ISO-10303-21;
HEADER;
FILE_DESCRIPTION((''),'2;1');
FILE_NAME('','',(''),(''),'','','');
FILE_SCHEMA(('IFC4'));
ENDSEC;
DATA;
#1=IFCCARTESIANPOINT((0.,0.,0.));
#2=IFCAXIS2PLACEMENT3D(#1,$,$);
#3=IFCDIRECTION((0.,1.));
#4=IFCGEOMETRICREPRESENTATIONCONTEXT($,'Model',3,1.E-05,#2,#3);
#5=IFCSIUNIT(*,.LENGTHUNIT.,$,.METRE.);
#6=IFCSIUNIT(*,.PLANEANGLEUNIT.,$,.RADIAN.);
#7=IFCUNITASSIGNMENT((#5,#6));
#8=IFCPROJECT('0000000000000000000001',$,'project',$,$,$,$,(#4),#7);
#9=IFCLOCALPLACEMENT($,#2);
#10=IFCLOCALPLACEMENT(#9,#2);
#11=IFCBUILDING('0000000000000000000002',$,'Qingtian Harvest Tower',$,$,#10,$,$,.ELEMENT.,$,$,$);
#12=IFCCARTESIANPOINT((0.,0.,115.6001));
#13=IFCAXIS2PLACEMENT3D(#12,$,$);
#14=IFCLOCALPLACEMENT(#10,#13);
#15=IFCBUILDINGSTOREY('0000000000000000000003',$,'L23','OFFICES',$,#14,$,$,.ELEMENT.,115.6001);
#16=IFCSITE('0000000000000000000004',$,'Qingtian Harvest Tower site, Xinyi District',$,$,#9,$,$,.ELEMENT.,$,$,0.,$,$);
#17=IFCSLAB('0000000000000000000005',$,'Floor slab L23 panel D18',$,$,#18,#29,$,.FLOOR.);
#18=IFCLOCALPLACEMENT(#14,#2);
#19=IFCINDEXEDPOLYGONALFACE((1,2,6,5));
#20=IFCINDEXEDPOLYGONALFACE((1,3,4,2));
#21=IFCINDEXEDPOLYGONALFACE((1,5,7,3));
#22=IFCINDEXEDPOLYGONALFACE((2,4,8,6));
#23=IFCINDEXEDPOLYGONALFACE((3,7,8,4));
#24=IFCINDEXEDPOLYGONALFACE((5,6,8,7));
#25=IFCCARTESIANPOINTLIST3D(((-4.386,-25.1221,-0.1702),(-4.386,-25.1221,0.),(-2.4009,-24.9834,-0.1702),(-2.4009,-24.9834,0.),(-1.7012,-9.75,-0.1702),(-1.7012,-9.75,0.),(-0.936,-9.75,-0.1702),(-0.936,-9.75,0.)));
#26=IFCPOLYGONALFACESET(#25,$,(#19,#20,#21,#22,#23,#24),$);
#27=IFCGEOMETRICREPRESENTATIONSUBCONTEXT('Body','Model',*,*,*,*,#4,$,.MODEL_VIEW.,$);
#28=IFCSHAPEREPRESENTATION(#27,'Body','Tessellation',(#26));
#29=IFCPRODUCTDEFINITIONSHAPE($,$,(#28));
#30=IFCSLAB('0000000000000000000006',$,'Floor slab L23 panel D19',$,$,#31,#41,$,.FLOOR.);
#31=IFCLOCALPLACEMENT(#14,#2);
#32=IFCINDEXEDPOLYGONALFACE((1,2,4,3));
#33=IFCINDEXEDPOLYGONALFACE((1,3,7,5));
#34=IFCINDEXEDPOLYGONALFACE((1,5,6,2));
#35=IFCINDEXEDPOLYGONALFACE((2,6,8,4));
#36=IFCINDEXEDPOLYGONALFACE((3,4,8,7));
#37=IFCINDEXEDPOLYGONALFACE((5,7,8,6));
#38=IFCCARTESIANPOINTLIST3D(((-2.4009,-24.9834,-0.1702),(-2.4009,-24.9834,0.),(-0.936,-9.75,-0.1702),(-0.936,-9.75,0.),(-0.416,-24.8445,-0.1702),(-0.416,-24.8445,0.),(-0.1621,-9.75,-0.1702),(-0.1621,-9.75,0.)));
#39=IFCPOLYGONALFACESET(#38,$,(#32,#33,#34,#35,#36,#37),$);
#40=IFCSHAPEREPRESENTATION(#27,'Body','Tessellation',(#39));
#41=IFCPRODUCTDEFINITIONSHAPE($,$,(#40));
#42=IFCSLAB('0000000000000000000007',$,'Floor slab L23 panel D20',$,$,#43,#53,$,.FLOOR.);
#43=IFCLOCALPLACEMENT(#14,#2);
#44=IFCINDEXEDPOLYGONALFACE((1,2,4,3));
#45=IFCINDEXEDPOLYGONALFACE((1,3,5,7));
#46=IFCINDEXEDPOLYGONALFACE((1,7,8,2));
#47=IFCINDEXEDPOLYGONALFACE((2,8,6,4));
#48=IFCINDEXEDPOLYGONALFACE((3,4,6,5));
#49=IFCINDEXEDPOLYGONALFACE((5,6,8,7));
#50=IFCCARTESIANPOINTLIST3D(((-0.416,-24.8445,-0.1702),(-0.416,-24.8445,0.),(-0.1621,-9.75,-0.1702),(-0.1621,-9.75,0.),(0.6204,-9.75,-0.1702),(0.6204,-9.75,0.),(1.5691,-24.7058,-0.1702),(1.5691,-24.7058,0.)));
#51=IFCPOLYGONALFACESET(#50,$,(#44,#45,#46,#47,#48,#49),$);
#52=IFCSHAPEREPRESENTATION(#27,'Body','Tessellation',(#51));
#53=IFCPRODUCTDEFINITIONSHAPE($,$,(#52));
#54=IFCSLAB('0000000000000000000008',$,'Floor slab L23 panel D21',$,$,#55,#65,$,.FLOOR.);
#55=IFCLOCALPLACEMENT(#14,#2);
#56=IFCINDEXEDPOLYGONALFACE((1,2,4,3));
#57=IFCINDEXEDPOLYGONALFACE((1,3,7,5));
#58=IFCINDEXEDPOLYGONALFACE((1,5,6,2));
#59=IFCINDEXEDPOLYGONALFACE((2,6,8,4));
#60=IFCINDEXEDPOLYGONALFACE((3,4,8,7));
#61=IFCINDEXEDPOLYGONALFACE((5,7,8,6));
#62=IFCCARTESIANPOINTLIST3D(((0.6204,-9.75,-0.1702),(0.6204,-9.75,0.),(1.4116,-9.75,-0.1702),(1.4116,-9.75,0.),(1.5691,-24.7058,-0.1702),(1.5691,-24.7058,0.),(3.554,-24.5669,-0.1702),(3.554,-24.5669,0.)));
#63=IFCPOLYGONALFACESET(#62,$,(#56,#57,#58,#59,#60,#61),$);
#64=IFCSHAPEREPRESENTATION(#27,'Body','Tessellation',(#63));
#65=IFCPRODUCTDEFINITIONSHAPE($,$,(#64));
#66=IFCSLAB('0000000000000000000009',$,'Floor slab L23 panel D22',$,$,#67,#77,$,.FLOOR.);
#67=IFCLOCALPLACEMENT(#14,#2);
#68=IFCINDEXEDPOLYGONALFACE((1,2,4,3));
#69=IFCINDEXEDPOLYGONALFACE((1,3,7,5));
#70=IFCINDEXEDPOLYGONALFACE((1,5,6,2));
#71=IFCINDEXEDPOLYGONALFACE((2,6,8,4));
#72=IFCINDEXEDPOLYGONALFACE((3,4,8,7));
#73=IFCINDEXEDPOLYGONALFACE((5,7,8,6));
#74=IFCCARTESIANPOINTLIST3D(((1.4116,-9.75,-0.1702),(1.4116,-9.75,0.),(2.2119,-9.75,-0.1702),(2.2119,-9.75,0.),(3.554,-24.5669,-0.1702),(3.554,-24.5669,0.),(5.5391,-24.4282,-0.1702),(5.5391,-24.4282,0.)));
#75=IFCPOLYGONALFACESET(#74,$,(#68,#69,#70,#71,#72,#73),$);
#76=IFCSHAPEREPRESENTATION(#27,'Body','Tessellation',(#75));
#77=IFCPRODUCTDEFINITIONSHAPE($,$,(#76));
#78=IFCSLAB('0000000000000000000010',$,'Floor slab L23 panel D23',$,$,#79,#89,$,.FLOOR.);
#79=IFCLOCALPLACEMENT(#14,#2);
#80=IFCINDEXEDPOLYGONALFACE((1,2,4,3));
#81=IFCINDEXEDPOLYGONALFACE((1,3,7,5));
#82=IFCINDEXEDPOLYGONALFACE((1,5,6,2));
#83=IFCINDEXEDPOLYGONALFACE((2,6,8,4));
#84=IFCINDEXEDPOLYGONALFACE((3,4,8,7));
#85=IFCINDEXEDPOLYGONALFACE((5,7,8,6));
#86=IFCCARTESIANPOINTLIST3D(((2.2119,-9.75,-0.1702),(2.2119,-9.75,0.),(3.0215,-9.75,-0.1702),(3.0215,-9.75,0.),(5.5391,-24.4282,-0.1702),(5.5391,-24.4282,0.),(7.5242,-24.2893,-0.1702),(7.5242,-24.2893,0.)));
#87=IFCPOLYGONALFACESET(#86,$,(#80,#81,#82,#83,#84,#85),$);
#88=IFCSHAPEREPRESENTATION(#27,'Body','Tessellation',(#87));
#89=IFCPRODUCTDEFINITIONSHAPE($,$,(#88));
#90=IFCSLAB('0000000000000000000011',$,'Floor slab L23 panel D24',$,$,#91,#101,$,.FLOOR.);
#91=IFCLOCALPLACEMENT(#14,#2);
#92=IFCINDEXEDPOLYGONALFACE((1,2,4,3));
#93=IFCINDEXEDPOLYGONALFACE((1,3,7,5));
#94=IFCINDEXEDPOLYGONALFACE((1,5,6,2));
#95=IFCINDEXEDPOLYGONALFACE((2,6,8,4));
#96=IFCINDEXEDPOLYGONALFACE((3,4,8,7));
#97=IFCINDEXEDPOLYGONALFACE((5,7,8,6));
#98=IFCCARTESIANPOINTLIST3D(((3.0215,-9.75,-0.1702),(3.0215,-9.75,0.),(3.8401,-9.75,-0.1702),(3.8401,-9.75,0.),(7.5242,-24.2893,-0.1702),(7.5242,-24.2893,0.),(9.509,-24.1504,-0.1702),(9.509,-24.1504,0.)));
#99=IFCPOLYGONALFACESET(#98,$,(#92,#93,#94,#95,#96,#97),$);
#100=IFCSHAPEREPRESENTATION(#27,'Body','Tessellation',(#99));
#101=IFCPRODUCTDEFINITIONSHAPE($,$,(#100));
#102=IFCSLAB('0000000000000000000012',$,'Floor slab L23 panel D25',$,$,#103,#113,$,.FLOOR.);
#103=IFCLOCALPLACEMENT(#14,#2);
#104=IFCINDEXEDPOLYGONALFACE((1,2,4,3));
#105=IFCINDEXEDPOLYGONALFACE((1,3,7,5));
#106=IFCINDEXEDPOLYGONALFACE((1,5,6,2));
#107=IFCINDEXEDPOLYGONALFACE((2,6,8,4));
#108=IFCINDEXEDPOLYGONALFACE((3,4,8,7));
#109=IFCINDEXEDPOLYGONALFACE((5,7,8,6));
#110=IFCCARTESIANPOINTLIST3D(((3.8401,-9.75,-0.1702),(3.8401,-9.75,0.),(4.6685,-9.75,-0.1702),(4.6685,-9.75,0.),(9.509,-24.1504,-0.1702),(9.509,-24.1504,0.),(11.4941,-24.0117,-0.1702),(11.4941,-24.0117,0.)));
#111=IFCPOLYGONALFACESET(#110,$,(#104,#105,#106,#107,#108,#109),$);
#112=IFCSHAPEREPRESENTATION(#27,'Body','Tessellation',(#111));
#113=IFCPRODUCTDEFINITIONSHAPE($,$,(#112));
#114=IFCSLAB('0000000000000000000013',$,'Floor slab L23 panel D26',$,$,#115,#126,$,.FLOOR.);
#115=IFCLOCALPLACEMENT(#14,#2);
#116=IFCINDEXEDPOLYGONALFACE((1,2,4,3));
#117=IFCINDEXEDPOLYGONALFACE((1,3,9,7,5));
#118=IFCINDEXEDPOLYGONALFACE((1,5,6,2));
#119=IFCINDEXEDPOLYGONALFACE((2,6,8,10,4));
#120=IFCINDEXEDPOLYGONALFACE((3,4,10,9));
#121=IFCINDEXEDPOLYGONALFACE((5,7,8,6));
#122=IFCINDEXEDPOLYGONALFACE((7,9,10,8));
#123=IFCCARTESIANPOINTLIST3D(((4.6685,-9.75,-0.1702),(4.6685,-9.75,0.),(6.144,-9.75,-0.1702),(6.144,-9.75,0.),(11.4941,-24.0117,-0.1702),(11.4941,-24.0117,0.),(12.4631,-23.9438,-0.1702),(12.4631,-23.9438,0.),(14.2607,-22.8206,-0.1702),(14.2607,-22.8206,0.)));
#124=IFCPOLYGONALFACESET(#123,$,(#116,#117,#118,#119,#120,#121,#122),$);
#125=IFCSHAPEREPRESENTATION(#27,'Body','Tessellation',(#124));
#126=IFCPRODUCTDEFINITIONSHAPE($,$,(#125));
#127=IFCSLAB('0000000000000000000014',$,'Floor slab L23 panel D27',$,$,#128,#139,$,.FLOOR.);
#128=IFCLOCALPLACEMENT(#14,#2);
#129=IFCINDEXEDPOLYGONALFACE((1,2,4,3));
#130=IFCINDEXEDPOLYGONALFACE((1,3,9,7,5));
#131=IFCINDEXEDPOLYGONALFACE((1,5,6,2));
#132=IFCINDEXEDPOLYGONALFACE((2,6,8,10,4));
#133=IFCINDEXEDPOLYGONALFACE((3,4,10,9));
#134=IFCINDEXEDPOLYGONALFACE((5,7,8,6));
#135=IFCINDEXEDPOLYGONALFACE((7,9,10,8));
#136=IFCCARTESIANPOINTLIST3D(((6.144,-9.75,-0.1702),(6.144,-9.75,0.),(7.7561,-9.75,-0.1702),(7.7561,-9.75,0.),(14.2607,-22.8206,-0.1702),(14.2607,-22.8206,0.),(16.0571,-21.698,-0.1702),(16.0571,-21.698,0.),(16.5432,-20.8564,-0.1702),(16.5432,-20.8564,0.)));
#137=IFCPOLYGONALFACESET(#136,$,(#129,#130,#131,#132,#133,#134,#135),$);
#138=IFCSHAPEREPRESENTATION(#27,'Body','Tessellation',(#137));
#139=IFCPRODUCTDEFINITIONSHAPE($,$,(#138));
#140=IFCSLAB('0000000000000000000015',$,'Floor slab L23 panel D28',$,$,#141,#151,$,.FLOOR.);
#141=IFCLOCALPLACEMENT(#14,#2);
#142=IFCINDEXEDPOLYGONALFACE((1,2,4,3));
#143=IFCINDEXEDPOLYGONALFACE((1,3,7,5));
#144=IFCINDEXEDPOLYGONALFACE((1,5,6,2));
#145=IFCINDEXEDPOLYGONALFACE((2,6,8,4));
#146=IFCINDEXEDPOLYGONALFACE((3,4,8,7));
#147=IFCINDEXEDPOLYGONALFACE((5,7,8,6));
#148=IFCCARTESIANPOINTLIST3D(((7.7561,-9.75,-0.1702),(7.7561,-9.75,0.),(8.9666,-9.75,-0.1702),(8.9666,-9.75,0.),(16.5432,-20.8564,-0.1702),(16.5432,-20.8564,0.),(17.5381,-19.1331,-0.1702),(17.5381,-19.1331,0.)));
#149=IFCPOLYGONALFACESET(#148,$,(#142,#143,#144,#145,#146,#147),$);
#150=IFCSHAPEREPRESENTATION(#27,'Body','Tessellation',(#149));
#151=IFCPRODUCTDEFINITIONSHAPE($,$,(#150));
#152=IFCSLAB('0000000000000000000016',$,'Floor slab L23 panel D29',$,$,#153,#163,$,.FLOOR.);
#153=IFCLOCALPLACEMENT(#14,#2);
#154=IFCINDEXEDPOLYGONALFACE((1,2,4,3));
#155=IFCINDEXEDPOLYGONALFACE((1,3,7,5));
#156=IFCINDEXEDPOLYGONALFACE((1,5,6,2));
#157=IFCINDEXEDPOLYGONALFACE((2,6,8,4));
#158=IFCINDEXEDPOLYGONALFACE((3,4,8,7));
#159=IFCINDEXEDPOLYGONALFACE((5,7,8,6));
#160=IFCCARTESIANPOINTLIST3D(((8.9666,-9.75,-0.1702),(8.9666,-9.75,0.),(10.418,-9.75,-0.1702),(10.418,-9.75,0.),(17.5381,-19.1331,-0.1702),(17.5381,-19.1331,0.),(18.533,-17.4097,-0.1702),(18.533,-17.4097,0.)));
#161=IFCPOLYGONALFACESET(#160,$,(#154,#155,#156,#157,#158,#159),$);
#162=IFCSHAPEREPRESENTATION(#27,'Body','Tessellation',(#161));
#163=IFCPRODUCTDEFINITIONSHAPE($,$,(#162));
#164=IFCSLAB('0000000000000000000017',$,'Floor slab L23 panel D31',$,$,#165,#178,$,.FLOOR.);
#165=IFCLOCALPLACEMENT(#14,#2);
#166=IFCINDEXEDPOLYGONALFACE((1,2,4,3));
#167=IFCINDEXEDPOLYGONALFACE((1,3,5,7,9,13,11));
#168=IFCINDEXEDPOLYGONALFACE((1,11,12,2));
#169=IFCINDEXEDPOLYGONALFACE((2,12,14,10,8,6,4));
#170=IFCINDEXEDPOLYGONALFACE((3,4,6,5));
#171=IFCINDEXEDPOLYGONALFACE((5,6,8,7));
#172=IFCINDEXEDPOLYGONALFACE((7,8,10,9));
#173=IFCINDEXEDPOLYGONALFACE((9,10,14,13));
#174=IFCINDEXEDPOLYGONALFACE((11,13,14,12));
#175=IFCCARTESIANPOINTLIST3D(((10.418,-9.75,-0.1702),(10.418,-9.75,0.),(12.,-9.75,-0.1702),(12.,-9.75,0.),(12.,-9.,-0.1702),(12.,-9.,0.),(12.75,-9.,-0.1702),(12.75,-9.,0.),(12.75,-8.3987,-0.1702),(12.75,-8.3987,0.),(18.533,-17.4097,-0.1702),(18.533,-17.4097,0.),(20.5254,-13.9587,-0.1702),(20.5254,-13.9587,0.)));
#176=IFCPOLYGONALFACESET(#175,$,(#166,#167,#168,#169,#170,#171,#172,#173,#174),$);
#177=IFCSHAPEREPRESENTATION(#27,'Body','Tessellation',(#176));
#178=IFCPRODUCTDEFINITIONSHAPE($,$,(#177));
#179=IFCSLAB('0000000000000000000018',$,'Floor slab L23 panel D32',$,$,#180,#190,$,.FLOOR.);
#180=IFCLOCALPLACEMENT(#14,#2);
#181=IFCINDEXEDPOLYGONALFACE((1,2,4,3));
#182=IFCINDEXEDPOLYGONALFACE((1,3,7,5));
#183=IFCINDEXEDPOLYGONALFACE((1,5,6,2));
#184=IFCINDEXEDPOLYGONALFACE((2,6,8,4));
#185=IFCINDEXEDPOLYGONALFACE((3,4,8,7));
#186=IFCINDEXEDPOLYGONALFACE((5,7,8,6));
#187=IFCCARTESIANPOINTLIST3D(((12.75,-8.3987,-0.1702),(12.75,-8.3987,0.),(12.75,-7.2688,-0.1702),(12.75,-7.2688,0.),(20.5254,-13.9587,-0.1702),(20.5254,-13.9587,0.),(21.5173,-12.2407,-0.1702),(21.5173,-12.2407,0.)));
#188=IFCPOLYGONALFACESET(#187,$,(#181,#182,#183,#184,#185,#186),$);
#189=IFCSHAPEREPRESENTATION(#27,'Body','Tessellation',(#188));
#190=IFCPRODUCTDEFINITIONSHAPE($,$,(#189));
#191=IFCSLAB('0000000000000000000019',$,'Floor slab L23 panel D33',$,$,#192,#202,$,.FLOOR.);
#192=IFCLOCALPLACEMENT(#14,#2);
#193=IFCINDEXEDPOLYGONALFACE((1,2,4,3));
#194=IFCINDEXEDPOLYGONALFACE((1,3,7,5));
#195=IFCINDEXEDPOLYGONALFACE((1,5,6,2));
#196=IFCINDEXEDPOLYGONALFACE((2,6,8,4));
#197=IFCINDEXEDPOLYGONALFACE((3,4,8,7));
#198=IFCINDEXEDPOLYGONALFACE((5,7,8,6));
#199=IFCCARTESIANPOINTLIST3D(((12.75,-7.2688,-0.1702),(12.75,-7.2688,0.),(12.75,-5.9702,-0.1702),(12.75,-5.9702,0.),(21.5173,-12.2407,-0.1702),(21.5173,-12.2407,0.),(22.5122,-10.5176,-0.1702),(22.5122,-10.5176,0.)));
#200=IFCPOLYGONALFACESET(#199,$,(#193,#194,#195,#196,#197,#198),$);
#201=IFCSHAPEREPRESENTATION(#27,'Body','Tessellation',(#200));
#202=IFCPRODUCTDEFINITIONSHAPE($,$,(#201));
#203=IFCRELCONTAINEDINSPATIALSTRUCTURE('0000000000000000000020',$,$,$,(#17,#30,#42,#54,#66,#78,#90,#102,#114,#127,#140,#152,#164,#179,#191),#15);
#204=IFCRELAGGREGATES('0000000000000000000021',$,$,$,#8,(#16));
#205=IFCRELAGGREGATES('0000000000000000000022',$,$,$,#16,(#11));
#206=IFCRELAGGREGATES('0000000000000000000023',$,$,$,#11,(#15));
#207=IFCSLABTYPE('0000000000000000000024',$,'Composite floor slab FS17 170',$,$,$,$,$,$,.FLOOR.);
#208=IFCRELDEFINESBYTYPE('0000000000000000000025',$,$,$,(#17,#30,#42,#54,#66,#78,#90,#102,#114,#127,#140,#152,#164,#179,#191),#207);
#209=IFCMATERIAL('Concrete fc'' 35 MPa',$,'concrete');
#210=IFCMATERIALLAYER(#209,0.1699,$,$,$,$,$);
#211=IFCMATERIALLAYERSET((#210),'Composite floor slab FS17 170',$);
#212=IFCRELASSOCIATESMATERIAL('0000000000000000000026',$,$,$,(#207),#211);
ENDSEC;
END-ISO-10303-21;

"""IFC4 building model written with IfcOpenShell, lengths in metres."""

from ifc_helpers import new_model, si_unit, direction, frame, origin, place, context, subcontext, project, spatial, polyline, outline, extrude, material, layer, layer_set, type_object, element, save


model = new_model("IFC4")

# Units and contexts
model_context = context("Model", 3, precision=1e-05, world=origin(), true_north=direction((0.0, 1.0)))
body_context = subcontext(model_context, "Body", "Model", "MODEL_VIEW")
ifc_project = project(units=[si_unit("LENGTHUNIT", "METRE"), si_unit("PLANEANGLEUNIT", "RADIAN")], contexts=[model_context])

# Site, building, storey
site_placement = place(None, origin())
site = spatial("IfcSite", under=ifc_project, at=site_placement, Name="Qingtian Harvest Tower site, Xinyi District", CompositionType="ELEMENT", RefElevation=0.0)
building_placement = place(site_placement, origin())
building = spatial("IfcBuilding", under=site, at=building_placement, Name="Qingtian Harvest Tower", CompositionType="ELEMENT")
storey_placement = place(building_placement, frame((0.0, 0.0, 115.6001)))
storey = spatial("IfcBuildingStorey", under=building, at=storey_placement, Name="L23", Description="OFFICES", CompositionType="ELEMENT", Elevation=115.6001)

# Slabs
ifc_material = material(Name="Concrete fc' 35 MPa", Category="concrete")
ifc_layer = layer(ifc_material, 0.1699)
ifc_layer_set = layer_set([ifc_layer], Name="Composite floor slab FS17 170")
slab_type = type_object("IfcSlabType", Name="Composite floor slab FS17 170", PredefinedType="FLOOR", material=ifc_layer_set)
slab_1_placement = place(storey_placement, frame((0.0, 0.0, -0.1702)))
element("IfcSlab", 1, at=slab_1_placement, inside=storey, type_object=slab_type, Name="Floor slab L23 panel D18", PredefinedType="FLOOR", context=body_context, shape_type="SweptSolid", body=[
    extrude(outline(polyline([(-0.936, -9.75), (-2.4009, -24.9834), (-4.386, -25.1221), (-1.7012, -9.75), (-0.936, -9.75)])), origin(), (0.0, 0.0, 1.0), 0.1702),
])
slab_2_placement = place(storey_placement, frame((0.0, 0.0, -0.1702)))
element("IfcSlab", 2, at=slab_2_placement, inside=storey, type_object=slab_type, Name="Floor slab L23 panel D19", PredefinedType="FLOOR", context=body_context, shape_type="SweptSolid", body=[
    extrude(outline(polyline([(-0.1621, -9.75), (-0.416, -24.8445), (-2.4009, -24.9834), (-0.936, -9.75), (-0.1621, -9.75)])), origin(), (0.0, 0.0, 1.0), 0.1702),
])
slab_3_placement = place(storey_placement, frame((0.0, 0.0, -0.1702)))
element("IfcSlab", 3, at=slab_3_placement, inside=storey, type_object=slab_type, Name="Floor slab L23 panel D20", PredefinedType="FLOOR", context=body_context, shape_type="SweptSolid", body=[
    extrude(outline(polyline([(0.6204, -9.75), (1.5691, -24.7058), (-0.416, -24.8445), (-0.1621, -9.75), (0.6204, -9.75)])), origin(), (0.0, 0.0, 1.0), 0.1702),
])
slab_4_placement = place(storey_placement, frame((0.0, 0.0, -0.1702)))
element("IfcSlab", 4, at=slab_4_placement, inside=storey, type_object=slab_type, Name="Floor slab L23 panel D21", PredefinedType="FLOOR", context=body_context, shape_type="SweptSolid", body=[
    extrude(outline(polyline([(1.4116, -9.75), (3.554, -24.5669), (1.5691, -24.7058), (0.6204, -9.75), (1.4116, -9.75)])), origin(), (0.0, 0.0, 1.0), 0.1702),
])
slab_5_placement = place(storey_placement, frame((0.0, 0.0, -0.1702)))
element("IfcSlab", 5, at=slab_5_placement, inside=storey, type_object=slab_type, Name="Floor slab L23 panel D22", PredefinedType="FLOOR", context=body_context, shape_type="SweptSolid", body=[
    extrude(outline(polyline([(2.2119, -9.75), (5.5391, -24.4282), (3.554, -24.5669), (1.4116, -9.75), (2.2119, -9.75)])), origin(), (0.0, 0.0, 1.0), 0.1702),
])
slab_6_placement = place(storey_placement, frame((0.0, 0.0, -0.1702)))
element("IfcSlab", 6, at=slab_6_placement, inside=storey, type_object=slab_type, Name="Floor slab L23 panel D23", PredefinedType="FLOOR", context=body_context, shape_type="SweptSolid", body=[
    extrude(outline(polyline([(3.0215, -9.75), (7.5242, -24.2893), (5.5391, -24.4282), (2.2119, -9.75), (3.0215, -9.75)])), origin(), (0.0, 0.0, 1.0), 0.1702),
])
slab_7_placement = place(storey_placement, frame((0.0, 0.0, -0.1702)))
element("IfcSlab", 7, at=slab_7_placement, inside=storey, type_object=slab_type, Name="Floor slab L23 panel D24", PredefinedType="FLOOR", context=body_context, shape_type="SweptSolid", body=[
    extrude(outline(polyline([(3.8401, -9.75), (9.509, -24.1504), (7.5242, -24.2893), (3.0215, -9.75), (3.8401, -9.75)])), origin(), (0.0, 0.0, 1.0), 0.1702),
])
slab_8_placement = place(storey_placement, frame((0.0, 0.0, -0.1702)))
element("IfcSlab", 8, at=slab_8_placement, inside=storey, type_object=slab_type, Name="Floor slab L23 panel D25", PredefinedType="FLOOR", context=body_context, shape_type="SweptSolid", body=[
    extrude(outline(polyline([(4.6685, -9.75), (11.4941, -24.0117), (9.509, -24.1504), (3.8401, -9.75), (4.6685, -9.75)])), origin(), (0.0, 0.0, 1.0), 0.1702),
])
slab_9_placement = place(storey_placement, frame((0.0, 0.0, -0.1702)))
element("IfcSlab", 9, at=slab_9_placement, inside=storey, type_object=slab_type, Name="Floor slab L23 panel D26", PredefinedType="FLOOR", context=body_context, shape_type="SweptSolid", body=[
    extrude(outline(polyline([(4.6685, -9.75), (6.144, -9.75), (14.2607, -22.8206), (12.4631, -23.9438), (11.4941, -24.0117), (4.6685, -9.75)])), origin(), (0.0, 0.0, 1.0), 0.1702),
])
slab_10_placement = place(storey_placement, frame((0.0, 0.0, -0.1702)))
element("IfcSlab", 10, at=slab_10_placement, inside=storey, type_object=slab_type, Name="Floor slab L23 panel D27", PredefinedType="FLOOR", context=body_context, shape_type="SweptSolid", body=[
    extrude(outline(polyline([(6.144, -9.75), (7.7561, -9.75), (16.5432, -20.8564), (16.0571, -21.698), (14.2607, -22.8206), (6.144, -9.75)])), origin(), (0.0, 0.0, 1.0), 0.1702),
])
slab_11_placement = place(storey_placement, frame((0.0, 0.0, -0.1702)))
element("IfcSlab", 11, at=slab_11_placement, inside=storey, type_object=slab_type, Name="Floor slab L23 panel D28", PredefinedType="FLOOR", context=body_context, shape_type="SweptSolid", body=[
    extrude(outline(polyline([(8.9666, -9.75), (17.5381, -19.1331), (16.5432, -20.8564), (7.7561, -9.75), (8.9666, -9.75)])), origin(), (0.0, 0.0, 1.0), 0.1702),
])
slab_12_placement = place(storey_placement, frame((0.0, 0.0, -0.1702)))
element("IfcSlab", 12, at=slab_12_placement, inside=storey, type_object=slab_type, Name="Floor slab L23 panel D29", PredefinedType="FLOOR", context=body_context, shape_type="SweptSolid", body=[
    extrude(outline(polyline([(10.418, -9.75), (18.533, -17.4097), (17.5381, -19.1331), (8.9666, -9.75), (10.418, -9.75)])), origin(), (0.0, 0.0, 1.0), 0.1702),
])
slab_13_placement = place(storey_placement, frame((0.0, 0.0, -0.1702)))
element("IfcSlab", 13, at=slab_13_placement, inside=storey, type_object=slab_type, Name="Floor slab L23 panel D31", PredefinedType="FLOOR", context=body_context, shape_type="SweptSolid", body=[
    extrude(outline(polyline([(12.75, -8.3987), (20.5254, -13.9587), (18.533, -17.4097), (10.418, -9.75), (12.0, -9.75), (12.0, -9.0), (12.75, -9.0), (12.75, -8.3987)])), origin(), (0.0, 0.0, 1.0), 0.1702),
])
slab_14_placement = place(storey_placement, frame((0.0, 0.0, -0.1702)))
element("IfcSlab", 14, at=slab_14_placement, inside=storey, type_object=slab_type, Name="Floor slab L23 panel D32", PredefinedType="FLOOR", context=body_context, shape_type="SweptSolid", body=[
    extrude(outline(polyline([(12.75, -7.2688), (21.5173, -12.2407), (20.5254, -13.9587), (12.75, -8.3987), (12.75, -7.2688)])), origin(), (0.0, 0.0, 1.0), 0.1702),
])
slab_15_placement = place(storey_placement, frame((0.0, 0.0, -0.1702)))
element("IfcSlab", 15, at=slab_15_placement, inside=storey, type_object=slab_type, Name="Floor slab L23 panel D33", PredefinedType="FLOOR", context=body_context, shape_type="SweptSolid", body=[
    extrude(outline(polyline([(12.75, -5.9702), (22.5122, -10.5176), (21.5173, -12.2407), (12.75, -7.2688), (12.75, -5.9702)])), origin(), (0.0, 0.0, 1.0), 0.1702),
])

save(model, "model.ifc")
